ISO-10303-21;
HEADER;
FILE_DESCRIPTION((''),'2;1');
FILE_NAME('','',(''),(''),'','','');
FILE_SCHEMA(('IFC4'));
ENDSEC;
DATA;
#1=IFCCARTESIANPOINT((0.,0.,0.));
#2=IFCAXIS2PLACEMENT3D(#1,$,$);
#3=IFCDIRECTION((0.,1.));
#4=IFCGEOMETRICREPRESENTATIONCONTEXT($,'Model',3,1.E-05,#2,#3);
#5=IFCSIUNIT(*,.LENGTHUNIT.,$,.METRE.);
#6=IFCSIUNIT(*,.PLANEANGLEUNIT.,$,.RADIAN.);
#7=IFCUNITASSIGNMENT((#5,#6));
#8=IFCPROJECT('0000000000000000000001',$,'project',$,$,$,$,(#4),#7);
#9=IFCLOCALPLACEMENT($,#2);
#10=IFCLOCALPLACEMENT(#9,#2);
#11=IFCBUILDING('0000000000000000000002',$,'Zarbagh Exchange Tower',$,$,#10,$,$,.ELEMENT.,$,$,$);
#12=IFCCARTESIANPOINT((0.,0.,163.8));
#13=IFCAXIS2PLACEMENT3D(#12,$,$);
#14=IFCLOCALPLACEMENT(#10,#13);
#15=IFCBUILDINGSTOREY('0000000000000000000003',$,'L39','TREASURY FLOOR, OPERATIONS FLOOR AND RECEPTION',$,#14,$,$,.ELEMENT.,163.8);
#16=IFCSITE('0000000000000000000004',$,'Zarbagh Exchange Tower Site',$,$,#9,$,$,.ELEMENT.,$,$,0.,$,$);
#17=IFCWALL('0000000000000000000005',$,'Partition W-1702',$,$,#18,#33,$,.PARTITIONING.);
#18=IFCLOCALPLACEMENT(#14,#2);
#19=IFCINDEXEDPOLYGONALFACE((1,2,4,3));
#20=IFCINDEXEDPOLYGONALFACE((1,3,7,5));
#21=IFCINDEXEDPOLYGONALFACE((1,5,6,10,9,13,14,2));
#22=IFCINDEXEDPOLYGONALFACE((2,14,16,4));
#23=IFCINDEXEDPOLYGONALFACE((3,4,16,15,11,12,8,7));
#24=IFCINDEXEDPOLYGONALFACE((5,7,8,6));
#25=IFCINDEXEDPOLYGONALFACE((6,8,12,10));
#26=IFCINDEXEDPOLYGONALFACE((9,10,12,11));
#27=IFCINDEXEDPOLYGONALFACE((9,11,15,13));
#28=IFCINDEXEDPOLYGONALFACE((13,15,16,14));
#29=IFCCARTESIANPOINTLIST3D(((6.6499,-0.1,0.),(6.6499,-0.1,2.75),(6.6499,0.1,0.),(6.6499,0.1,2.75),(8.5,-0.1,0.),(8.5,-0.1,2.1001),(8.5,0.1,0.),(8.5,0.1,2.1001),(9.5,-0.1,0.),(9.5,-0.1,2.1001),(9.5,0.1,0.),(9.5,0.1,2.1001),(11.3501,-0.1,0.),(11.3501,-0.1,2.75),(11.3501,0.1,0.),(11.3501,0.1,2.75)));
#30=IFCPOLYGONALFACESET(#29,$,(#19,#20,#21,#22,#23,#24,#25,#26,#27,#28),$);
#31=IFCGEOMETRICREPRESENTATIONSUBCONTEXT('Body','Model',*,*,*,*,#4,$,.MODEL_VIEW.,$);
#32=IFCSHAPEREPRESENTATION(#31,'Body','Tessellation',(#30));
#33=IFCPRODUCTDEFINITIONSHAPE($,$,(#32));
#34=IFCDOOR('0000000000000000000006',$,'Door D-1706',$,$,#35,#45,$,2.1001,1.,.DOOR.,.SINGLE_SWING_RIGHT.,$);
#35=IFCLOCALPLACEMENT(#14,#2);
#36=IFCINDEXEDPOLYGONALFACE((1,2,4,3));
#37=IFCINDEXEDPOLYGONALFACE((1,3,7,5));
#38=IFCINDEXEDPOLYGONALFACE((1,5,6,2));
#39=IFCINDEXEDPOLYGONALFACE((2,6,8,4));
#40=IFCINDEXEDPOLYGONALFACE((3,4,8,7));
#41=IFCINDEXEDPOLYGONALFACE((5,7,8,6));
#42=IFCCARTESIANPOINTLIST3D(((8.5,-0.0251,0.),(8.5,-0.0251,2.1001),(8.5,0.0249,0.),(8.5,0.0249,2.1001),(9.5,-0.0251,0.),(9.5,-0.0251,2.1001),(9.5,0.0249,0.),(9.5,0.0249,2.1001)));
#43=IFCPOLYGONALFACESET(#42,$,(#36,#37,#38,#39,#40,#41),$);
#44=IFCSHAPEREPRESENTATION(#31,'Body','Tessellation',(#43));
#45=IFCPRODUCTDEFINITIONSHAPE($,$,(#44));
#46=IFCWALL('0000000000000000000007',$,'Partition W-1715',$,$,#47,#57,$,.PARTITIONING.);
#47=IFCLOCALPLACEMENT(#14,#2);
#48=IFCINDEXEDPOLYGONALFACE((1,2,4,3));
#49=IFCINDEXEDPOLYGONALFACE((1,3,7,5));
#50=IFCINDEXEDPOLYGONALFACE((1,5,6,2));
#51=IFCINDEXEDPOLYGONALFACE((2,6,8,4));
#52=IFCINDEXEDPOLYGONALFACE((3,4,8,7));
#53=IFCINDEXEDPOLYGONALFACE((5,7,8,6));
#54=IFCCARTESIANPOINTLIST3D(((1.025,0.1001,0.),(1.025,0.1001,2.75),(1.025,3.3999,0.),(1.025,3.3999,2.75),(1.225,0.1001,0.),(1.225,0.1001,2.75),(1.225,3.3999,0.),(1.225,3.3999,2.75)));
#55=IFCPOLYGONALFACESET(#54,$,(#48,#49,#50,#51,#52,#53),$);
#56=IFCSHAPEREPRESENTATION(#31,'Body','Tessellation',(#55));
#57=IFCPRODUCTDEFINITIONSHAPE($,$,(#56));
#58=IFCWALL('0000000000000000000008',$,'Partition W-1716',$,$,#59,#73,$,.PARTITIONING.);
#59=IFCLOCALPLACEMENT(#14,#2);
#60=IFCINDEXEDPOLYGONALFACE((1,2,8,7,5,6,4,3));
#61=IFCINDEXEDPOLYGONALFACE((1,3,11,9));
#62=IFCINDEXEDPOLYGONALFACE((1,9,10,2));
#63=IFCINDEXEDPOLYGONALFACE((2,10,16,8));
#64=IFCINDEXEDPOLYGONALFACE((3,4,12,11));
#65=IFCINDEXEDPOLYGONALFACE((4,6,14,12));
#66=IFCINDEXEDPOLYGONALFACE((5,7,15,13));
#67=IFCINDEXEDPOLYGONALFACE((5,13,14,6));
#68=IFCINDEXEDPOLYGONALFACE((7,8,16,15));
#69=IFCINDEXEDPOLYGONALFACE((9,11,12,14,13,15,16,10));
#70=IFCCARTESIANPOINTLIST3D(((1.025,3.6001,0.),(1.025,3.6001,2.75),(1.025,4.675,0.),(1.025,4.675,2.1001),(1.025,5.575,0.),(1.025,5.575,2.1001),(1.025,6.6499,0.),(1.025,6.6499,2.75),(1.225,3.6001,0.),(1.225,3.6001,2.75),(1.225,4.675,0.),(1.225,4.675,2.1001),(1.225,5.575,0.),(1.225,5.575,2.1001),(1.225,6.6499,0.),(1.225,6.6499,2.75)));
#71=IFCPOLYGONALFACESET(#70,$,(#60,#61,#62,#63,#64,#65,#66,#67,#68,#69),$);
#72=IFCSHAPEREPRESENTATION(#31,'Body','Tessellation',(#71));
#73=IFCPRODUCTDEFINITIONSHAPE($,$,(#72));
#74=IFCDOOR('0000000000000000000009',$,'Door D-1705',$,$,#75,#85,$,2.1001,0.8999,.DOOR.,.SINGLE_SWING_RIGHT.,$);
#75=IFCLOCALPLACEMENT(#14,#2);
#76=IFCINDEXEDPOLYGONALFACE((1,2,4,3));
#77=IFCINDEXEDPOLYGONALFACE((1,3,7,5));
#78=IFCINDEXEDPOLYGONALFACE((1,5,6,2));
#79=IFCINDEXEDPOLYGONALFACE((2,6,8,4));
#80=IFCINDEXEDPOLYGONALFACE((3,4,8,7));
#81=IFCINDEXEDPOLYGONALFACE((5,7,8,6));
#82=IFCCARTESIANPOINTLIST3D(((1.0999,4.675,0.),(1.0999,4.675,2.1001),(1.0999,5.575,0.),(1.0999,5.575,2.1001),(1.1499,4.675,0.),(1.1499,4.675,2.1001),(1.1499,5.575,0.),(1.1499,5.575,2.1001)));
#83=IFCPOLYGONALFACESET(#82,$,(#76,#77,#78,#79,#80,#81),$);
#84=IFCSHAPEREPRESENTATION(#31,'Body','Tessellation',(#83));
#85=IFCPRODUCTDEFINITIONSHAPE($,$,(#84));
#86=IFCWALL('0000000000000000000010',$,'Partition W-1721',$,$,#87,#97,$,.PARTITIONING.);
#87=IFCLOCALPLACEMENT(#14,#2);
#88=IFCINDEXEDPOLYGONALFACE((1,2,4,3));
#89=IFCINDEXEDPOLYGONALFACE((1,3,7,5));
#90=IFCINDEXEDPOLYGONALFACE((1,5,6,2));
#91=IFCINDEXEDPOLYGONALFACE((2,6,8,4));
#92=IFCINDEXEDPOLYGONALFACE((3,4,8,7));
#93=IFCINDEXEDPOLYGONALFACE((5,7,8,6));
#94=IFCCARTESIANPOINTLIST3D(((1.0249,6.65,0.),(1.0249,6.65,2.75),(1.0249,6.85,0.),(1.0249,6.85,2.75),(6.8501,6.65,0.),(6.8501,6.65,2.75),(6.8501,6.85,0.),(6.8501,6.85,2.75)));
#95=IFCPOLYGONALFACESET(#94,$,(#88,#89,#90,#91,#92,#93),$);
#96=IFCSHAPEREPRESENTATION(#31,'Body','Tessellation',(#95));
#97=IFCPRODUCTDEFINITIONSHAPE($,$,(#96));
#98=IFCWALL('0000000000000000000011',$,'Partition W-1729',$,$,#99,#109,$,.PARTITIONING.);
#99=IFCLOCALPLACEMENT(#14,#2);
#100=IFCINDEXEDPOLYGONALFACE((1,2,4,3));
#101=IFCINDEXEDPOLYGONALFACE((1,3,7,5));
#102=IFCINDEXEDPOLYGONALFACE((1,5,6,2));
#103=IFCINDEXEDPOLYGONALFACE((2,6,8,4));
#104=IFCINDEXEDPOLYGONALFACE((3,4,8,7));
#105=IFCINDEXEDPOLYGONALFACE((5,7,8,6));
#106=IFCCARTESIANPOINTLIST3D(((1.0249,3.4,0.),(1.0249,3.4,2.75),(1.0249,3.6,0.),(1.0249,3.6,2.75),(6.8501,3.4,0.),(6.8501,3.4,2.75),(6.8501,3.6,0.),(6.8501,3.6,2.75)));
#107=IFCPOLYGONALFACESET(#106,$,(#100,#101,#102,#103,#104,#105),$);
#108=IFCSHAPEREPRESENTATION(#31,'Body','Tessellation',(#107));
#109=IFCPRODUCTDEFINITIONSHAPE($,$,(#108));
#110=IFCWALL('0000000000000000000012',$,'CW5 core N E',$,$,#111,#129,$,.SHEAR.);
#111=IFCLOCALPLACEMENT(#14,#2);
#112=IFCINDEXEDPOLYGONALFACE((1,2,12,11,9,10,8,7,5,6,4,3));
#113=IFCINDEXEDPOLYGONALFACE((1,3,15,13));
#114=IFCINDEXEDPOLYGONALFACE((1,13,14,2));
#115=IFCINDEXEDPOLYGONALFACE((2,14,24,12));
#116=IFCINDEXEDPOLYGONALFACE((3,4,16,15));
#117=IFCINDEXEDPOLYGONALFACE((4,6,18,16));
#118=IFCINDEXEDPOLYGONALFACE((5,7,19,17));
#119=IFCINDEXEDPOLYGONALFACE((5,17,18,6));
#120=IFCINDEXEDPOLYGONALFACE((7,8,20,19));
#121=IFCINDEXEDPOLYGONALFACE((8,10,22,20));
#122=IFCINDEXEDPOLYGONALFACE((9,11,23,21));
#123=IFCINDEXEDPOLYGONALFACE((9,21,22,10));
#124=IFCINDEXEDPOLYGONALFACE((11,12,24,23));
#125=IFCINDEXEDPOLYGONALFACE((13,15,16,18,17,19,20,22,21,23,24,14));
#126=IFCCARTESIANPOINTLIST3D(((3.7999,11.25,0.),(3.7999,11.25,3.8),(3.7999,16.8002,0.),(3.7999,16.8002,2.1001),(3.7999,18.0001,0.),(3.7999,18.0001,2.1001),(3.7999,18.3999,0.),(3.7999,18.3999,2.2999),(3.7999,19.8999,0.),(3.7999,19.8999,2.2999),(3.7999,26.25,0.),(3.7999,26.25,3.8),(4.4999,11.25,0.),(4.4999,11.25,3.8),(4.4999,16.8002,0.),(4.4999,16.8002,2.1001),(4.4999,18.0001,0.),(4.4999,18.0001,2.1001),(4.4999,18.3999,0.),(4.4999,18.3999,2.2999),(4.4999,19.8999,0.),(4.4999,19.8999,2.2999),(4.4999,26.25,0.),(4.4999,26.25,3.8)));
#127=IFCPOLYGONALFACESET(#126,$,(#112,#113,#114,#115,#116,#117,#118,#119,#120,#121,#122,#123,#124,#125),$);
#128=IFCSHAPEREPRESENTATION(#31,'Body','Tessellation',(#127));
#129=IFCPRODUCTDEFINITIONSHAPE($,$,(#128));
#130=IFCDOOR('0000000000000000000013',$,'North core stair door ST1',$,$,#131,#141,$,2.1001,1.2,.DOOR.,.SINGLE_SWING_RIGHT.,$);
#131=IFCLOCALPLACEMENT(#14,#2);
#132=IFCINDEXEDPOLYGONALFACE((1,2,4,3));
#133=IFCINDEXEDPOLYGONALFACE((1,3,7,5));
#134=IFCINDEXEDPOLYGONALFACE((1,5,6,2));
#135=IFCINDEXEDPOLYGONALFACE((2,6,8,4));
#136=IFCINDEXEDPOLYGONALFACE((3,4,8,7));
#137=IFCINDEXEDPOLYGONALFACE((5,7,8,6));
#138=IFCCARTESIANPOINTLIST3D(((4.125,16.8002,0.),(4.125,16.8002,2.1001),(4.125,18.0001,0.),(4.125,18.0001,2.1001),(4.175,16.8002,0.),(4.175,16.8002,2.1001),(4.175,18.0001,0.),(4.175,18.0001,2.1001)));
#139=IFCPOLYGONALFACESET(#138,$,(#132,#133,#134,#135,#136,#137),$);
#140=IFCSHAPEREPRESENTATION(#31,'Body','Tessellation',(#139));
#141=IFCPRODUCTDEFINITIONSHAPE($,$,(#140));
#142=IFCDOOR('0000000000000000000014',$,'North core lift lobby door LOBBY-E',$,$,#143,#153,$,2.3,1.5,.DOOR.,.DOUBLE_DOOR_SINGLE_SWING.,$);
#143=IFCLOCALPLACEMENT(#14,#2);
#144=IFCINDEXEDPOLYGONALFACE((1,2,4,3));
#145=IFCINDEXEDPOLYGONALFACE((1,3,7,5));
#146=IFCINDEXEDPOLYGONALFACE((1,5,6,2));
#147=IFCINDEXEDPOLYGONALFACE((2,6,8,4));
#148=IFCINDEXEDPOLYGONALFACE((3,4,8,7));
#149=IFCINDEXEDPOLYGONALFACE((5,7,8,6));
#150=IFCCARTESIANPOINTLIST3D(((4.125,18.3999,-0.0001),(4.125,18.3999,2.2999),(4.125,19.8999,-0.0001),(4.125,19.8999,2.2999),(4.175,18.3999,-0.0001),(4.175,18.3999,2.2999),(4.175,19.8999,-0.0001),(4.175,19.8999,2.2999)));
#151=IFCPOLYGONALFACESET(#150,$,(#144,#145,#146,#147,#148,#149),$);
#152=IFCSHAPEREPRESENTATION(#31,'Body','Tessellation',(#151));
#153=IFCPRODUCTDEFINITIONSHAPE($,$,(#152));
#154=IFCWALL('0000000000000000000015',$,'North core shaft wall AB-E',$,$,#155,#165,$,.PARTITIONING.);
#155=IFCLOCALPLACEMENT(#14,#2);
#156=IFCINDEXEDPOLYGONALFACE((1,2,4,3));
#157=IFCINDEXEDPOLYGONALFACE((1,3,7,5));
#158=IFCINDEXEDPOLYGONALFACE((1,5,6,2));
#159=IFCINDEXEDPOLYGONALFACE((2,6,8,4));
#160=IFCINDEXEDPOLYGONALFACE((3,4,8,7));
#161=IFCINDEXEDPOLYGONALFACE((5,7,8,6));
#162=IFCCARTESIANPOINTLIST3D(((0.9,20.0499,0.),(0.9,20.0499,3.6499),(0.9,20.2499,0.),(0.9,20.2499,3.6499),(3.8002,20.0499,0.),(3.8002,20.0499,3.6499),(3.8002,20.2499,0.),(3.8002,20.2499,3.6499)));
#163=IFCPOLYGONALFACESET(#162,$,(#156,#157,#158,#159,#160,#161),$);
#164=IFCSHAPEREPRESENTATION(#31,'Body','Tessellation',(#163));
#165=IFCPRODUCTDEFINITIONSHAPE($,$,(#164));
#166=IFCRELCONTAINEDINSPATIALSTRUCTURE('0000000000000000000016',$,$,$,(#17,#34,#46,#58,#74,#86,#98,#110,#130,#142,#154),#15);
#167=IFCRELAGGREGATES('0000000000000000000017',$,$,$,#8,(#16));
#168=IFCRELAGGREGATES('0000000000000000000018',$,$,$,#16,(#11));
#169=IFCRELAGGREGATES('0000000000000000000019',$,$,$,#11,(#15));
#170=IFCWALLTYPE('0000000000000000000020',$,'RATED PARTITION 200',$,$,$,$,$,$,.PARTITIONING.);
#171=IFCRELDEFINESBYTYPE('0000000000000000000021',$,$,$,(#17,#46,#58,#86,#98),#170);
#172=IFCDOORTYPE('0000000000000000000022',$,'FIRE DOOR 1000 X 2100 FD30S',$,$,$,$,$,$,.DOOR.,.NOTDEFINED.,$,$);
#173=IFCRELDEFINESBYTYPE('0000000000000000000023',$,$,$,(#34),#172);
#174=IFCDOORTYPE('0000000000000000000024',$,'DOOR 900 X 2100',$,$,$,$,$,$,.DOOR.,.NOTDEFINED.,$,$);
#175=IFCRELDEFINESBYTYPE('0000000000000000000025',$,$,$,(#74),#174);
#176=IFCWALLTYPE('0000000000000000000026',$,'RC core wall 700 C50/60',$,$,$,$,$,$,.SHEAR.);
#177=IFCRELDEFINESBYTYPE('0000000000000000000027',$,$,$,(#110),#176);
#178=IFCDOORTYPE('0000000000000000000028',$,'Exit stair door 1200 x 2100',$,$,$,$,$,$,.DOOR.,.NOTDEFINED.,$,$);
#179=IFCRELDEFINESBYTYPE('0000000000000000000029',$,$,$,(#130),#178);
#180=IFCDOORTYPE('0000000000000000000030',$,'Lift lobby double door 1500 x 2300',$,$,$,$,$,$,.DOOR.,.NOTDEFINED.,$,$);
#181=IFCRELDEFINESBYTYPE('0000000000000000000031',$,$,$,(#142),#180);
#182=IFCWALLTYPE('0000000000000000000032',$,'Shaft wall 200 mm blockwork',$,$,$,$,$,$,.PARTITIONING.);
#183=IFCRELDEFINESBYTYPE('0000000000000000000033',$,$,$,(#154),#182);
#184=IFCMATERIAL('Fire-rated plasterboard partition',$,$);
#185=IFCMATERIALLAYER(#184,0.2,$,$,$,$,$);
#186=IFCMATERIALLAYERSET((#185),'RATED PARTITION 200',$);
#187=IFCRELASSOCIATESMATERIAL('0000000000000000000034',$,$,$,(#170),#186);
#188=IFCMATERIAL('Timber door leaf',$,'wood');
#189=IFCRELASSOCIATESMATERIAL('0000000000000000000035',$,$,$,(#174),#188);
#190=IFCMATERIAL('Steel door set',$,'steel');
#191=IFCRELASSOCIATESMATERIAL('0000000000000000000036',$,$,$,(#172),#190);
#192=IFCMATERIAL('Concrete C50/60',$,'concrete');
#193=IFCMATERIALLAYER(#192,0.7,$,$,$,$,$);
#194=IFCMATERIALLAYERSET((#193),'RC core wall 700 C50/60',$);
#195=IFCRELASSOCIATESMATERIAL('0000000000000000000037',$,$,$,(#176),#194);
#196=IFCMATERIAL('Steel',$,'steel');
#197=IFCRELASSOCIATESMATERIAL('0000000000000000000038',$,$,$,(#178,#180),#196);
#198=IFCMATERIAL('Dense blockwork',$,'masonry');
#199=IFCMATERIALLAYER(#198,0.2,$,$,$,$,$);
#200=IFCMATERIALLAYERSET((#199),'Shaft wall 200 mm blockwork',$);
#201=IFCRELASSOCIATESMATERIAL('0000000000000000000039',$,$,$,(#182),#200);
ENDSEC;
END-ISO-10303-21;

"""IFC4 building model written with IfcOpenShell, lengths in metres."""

from ifc_helpers import new_model, si_unit, direction, frame, frame_2d, origin, place, context, subcontext, project, spatial, rectangle, extrude, material, layer, layer_set, type_object, element, fill, save


model = new_model("IFC4")

# Units and contexts
model_context = context("Model", 3, precision=1e-05, world=origin(), true_north=direction((0.0, 1.0)))
body_context = subcontext(model_context, "Body", "Model", "MODEL_VIEW")
ifc_project = project(units=[si_unit("LENGTHUNIT", "METRE"), si_unit("PLANEANGLEUNIT", "RADIAN")], contexts=[model_context])

# Site, building, storey
site_placement = place(None, origin())
site = spatial("IfcSite", under=ifc_project, at=site_placement, Name="Zarbagh Exchange Tower Site", CompositionType="ELEMENT", RefElevation=0.0)
building_placement = place(site_placement, origin())
building = spatial("IfcBuilding", under=site, at=building_placement, Name="Zarbagh Exchange Tower", CompositionType="ELEMENT")
storey_placement = place(building_placement, frame((0.0, 0.0, 163.8)))
storey = spatial("IfcBuildingStorey", under=building, at=storey_placement, Name="L39", Description="TREASURY FLOOR, OPERATIONS FLOOR AND RECEPTION", CompositionType="ELEMENT", Elevation=163.8)

# Shared definitions
ifc_material_1 = material(Name="Concrete C50/60", Category="concrete")

# Shared definitions
ifc_material_2 = material(Name="Dense blockwork", Category="masonry")

# Wall, opening, door
ifc_material_3 = material(Name="Fire-rated plasterboard partition")
ifc_layer_1 = layer(ifc_material_3, 0.2)
ifc_layer_set_1 = layer_set([ifc_layer_1], Name="RATED PARTITION 200")
wall_type_1 = type_object("IfcWallType", Name="RATED PARTITION 200", PredefinedType="PARTITIONING", material=ifc_layer_set_1)
ifc_material_4 = material(Name="Timber door leaf", Category="wood")
door_type_1 = type_object("IfcDoorType", Name="DOOR 900 X 2100", OperationType="NOTDEFINED", PredefinedType="DOOR", material=ifc_material_4)
wall_1_placement = place(storey_placement, frame((6.6499, 0.0, 0.0), z_axis=(0.0, 0.0, 1.0), x_axis=(1.0, 0.0, 0.0)))
wall_1 = element("IfcWall", 1, at=wall_1_placement, inside=storey, type_object=wall_type_1, Name="Partition W-1702", PredefinedType="PARTITIONING", context=body_context, shape_type="SweptSolid", body=[
    extrude(rectangle(XDim=4.7002, YDim=0.2, at=frame_2d((2.3501, 0.0))), origin(), (0.0, 0.0, 1.0), 2.75),
])
opening_1_placement = place(wall_1_placement, frame((1.8501, 0.0, 0.0)))
opening_1 = element("IfcOpeningElement", 2, at=opening_1_placement, cuts=wall_1, PredefinedType="OPENING", context=body_context, shape_type="SweptSolid", body=[
    extrude(rectangle(XDim=1.0, YDim=2.1001, at=frame_2d((0.5, 1.05))), frame((0.0, 0.1099, 0.0), z_axis=(0.0, -1.0, 0.0), x_axis=(1.0, 0.0, 0.0)), (0.0, 0.0, 1.0), 0.22),
])
ifc_material_5 = material(Name="Steel door set", Category="steel")
door_type_2 = type_object("IfcDoorType", Name="FIRE DOOR 1000 X 2100 FD30S", OperationType="NOTDEFINED", PredefinedType="DOOR", material=ifc_material_5)
door_1_placement = place(opening_1_placement, origin())
door_1 = element("IfcDoor", 3, at=door_1_placement, inside=storey, type_object=door_type_2, Name="Door D-1706", OperationType="SINGLE_SWING_RIGHT", OverallHeight=2.1001, OverallWidth=1.0, PredefinedType="DOOR", context=body_context, shape_type="SweptSolid", body=[
    extrude(rectangle(XDim=1.0, YDim=2.1001, at=frame_2d((0.5, 1.05))), frame((0.0, 0.0249, 0.0), z_axis=(0.0, -1.0, 0.0), x_axis=(1.0, 0.0, 0.0)), (0.0, 0.0, 1.0), 0.05),
])
fill(opening_1, door_1)

# Wall
wall_2_placement = place(storey_placement, frame((1.125, 0.1001, 0.0), z_axis=(0.0, 0.0, 1.0), x_axis=(0.0, 1.0, 0.0)))
element("IfcWall", 4, at=wall_2_placement, inside=storey, type_object=wall_type_1, Name="Partition W-1715", PredefinedType="PARTITIONING", context=body_context, shape_type="SweptSolid", body=[
    extrude(rectangle(XDim=3.2998, YDim=0.2, at=frame_2d((1.6499, 0.0))), origin(), (0.0, 0.0, 1.0), 2.75),
])

# Wall, opening, door
wall_3_placement = place(storey_placement, frame((1.125, 6.6499, 0.0), z_axis=(0.0, 0.0, 1.0), x_axis=(0.0, -1.0, 0.0)))
wall_3 = element("IfcWall", 5, at=wall_3_placement, inside=storey, type_object=wall_type_1, Name="Partition W-1716", PredefinedType="PARTITIONING", context=body_context, shape_type="SweptSolid", body=[
    extrude(rectangle(XDim=3.0498, YDim=0.2, at=frame_2d((1.5249, 0.0))), origin(), (0.0, 0.0, 1.0), 2.75),
])
opening_2_placement = place(wall_3_placement, frame((1.075, 0.0, 0.0)))
opening_2 = element("IfcOpeningElement", 6, at=opening_2_placement, cuts=wall_3, PredefinedType="OPENING", context=body_context, shape_type="SweptSolid", body=[
    extrude(rectangle(XDim=0.8999, YDim=2.1001, at=frame_2d((0.45, 1.05))), frame((0.0, 0.1099, 0.0), z_axis=(0.0, -1.0, 0.0), x_axis=(1.0, 0.0, 0.0)), (0.0, 0.0, 1.0), 0.22),
])
door_2_placement = place(opening_2_placement, origin())
door_2 = element("IfcDoor", 7, at=door_2_placement, inside=storey, type_object=door_type_1, Name="Door D-1705", OperationType="SINGLE_SWING_RIGHT", OverallHeight=2.1001, OverallWidth=0.8999, PredefinedType="DOOR", context=body_context, shape_type="SweptSolid", body=[
    extrude(rectangle(XDim=0.8999, YDim=2.1001, at=frame_2d((0.45, 1.05))), frame((0.0, 0.0249, 0.0), z_axis=(0.0, -1.0, 0.0), x_axis=(1.0, 0.0, 0.0)), (0.0, 0.0, 1.0), 0.05),
])
fill(opening_2, door_2)

# Walls
for number, where, z_axis, x_axis, name in (
    (8, (1.0249, 6.75, 0.0), (0.0, 0.0, 1.0), (1.0, 0.0, 0.0), "Partition W-1721"),
    (9, (1.0249, 3.5, 0.0), (0.0, 0.0, 1.0), (1.0, 0.0, 0.0), "Partition W-1729"),
):
    element("IfcWall", number, at=place(storey_placement, frame(where, z_axis=z_axis, x_axis=x_axis)), inside=storey, type_object=wall_type_1, Name=name, PredefinedType="PARTITIONING", context=body_context, shape_type="SweptSolid", body=[
        extrude(rectangle(XDim=5.8252, YDim=0.2, at=frame_2d((2.9126, 0.0))), origin(), (0.0, 0.0, 1.0), 2.75),
    ])

# Wall, openings, doors
ifc_layer_2 = layer(ifc_material_1, 0.7)
ifc_layer_set_2 = layer_set([ifc_layer_2], Name="RC core wall 700 C50/60")
wall_type_2 = type_object("IfcWallType", Name="RC core wall 700 C50/60", PredefinedType="SHEAR", material=ifc_layer_set_2)
wall_4_placement = place(storey_placement, frame((4.1499, 11.25, 0.0), z_axis=(0.0, 0.0, 1.0), x_axis=(0.0, 1.0, 0.0)))
wall_4 = element("IfcWall", 10, at=wall_4_placement, inside=storey, type_object=wall_type_2, Name="CW5 core N E", PredefinedType="SHEAR", context=body_context, shape_type="SweptSolid", body=[
    extrude(rectangle(XDim=15.0, YDim=0.7, at=frame_2d((7.5, 0.0))), origin(), (0.0, 0.0, 1.0), 3.8),
])
opening_3_placement = place(wall_4_placement, frame((7.1499, 0.0, 0.0)))
opening_3 = element("IfcOpeningElement", 11, at=opening_3_placement, cuts=wall_4, PredefinedType="OPENING", context=body_context, shape_type="SweptSolid", body=[
    extrude(rectangle(XDim=1.5, YDim=2.3, at=frame_2d((0.75, 1.1499))), frame((0.0, 0.3599, 0.0), z_axis=(0.0, -1.0, 0.0), x_axis=(1.0, 0.0, 0.0)), (0.0, 0.0, 1.0), 0.72),
])
opening_4_placement = place(wall_4_placement, frame((5.55, 0.0, 0.0)))
opening_4 = element("IfcOpeningElement", 12, at=opening_4_placement, cuts=wall_4, PredefinedType="OPENING", context=body_context, shape_type="SweptSolid", body=[
    extrude(rectangle(XDim=1.2, YDim=2.1001, at=frame_2d((0.6001, 1.05))), frame((0.0, 0.3599, 0.0), z_axis=(0.0, -1.0, 0.0), x_axis=(1.0, 0.0, 0.0)), (0.0, 0.0, 1.0), 0.72),
])
ifc_material_6 = material(Name="Steel", Category="steel")
door_type_3 = type_object("IfcDoorType", Name="Exit stair door 1200 x 2100", OperationType="NOTDEFINED", PredefinedType="DOOR", material=ifc_material_6)
door_3_placement = place(opening_4_placement, origin())
door_3 = element("IfcDoor", 13, at=door_3_placement, inside=storey, type_object=door_type_3, Name="North core stair door ST1", OperationType="SINGLE_SWING_RIGHT", OverallHeight=2.1001, OverallWidth=1.2, PredefinedType="DOOR", context=body_context, shape_type="SweptSolid", body=[
    extrude(rectangle(XDim=1.2, YDim=2.1001, at=frame_2d((0.6001, 1.05))), frame((0.0, 0.0249, 0.0), z_axis=(0.0, -1.0, 0.0), x_axis=(1.0, 0.0, 0.0)), (0.0, 0.0, 1.0), 0.05),
])
fill(opening_4, door_3)
door_type_4 = type_object("IfcDoorType", Name="Lift lobby double door 1500 x 2300", OperationType="NOTDEFINED", PredefinedType="DOOR", material=ifc_material_6)
door_4_placement = place(opening_3_placement, origin())
door_4 = element("IfcDoor", 14, at=door_4_placement, inside=storey, type_object=door_type_4, Name="North core lift lobby door LOBBY-E", OperationType="DOUBLE_DOOR_SINGLE_SWING", OverallHeight=2.3, OverallWidth=1.5, PredefinedType="DOOR", context=body_context, shape_type="SweptSolid", body=[
    extrude(rectangle(XDim=1.5, YDim=2.3, at=frame_2d((0.75, 1.1499))), frame((0.0, 0.0249, 0.0), z_axis=(0.0, -1.0, 0.0), x_axis=(1.0, 0.0, 0.0)), (0.0, 0.0, 1.0), 0.05),
])
fill(opening_3, door_4)

# Wall
ifc_layer_3 = layer(ifc_material_2, 0.2)
ifc_layer_set_3 = layer_set([ifc_layer_3], Name="Shaft wall 200 mm blockwork")
wall_type_3 = type_object("IfcWallType", Name="Shaft wall 200 mm blockwork", PredefinedType="PARTITIONING", material=ifc_layer_set_3)
wall_5_placement = place(storey_placement, frame((0.8999, 20.1499, 0.0), z_axis=(0.0, 0.0, 1.0), x_axis=(1.0, 0.0, 0.0)))
element("IfcWall", 15, at=wall_5_placement, inside=storey, type_object=wall_type_3, Name="North core shaft wall AB-E", PredefinedType="PARTITIONING", context=body_context, shape_type="SweptSolid", body=[
    extrude(rectangle(XDim=2.9001, YDim=0.2, at=frame_2d((1.4502, 0.0))), origin(), (0.0, 0.0, 1.0), 3.6499),
])

save(model, "model.ifc")
